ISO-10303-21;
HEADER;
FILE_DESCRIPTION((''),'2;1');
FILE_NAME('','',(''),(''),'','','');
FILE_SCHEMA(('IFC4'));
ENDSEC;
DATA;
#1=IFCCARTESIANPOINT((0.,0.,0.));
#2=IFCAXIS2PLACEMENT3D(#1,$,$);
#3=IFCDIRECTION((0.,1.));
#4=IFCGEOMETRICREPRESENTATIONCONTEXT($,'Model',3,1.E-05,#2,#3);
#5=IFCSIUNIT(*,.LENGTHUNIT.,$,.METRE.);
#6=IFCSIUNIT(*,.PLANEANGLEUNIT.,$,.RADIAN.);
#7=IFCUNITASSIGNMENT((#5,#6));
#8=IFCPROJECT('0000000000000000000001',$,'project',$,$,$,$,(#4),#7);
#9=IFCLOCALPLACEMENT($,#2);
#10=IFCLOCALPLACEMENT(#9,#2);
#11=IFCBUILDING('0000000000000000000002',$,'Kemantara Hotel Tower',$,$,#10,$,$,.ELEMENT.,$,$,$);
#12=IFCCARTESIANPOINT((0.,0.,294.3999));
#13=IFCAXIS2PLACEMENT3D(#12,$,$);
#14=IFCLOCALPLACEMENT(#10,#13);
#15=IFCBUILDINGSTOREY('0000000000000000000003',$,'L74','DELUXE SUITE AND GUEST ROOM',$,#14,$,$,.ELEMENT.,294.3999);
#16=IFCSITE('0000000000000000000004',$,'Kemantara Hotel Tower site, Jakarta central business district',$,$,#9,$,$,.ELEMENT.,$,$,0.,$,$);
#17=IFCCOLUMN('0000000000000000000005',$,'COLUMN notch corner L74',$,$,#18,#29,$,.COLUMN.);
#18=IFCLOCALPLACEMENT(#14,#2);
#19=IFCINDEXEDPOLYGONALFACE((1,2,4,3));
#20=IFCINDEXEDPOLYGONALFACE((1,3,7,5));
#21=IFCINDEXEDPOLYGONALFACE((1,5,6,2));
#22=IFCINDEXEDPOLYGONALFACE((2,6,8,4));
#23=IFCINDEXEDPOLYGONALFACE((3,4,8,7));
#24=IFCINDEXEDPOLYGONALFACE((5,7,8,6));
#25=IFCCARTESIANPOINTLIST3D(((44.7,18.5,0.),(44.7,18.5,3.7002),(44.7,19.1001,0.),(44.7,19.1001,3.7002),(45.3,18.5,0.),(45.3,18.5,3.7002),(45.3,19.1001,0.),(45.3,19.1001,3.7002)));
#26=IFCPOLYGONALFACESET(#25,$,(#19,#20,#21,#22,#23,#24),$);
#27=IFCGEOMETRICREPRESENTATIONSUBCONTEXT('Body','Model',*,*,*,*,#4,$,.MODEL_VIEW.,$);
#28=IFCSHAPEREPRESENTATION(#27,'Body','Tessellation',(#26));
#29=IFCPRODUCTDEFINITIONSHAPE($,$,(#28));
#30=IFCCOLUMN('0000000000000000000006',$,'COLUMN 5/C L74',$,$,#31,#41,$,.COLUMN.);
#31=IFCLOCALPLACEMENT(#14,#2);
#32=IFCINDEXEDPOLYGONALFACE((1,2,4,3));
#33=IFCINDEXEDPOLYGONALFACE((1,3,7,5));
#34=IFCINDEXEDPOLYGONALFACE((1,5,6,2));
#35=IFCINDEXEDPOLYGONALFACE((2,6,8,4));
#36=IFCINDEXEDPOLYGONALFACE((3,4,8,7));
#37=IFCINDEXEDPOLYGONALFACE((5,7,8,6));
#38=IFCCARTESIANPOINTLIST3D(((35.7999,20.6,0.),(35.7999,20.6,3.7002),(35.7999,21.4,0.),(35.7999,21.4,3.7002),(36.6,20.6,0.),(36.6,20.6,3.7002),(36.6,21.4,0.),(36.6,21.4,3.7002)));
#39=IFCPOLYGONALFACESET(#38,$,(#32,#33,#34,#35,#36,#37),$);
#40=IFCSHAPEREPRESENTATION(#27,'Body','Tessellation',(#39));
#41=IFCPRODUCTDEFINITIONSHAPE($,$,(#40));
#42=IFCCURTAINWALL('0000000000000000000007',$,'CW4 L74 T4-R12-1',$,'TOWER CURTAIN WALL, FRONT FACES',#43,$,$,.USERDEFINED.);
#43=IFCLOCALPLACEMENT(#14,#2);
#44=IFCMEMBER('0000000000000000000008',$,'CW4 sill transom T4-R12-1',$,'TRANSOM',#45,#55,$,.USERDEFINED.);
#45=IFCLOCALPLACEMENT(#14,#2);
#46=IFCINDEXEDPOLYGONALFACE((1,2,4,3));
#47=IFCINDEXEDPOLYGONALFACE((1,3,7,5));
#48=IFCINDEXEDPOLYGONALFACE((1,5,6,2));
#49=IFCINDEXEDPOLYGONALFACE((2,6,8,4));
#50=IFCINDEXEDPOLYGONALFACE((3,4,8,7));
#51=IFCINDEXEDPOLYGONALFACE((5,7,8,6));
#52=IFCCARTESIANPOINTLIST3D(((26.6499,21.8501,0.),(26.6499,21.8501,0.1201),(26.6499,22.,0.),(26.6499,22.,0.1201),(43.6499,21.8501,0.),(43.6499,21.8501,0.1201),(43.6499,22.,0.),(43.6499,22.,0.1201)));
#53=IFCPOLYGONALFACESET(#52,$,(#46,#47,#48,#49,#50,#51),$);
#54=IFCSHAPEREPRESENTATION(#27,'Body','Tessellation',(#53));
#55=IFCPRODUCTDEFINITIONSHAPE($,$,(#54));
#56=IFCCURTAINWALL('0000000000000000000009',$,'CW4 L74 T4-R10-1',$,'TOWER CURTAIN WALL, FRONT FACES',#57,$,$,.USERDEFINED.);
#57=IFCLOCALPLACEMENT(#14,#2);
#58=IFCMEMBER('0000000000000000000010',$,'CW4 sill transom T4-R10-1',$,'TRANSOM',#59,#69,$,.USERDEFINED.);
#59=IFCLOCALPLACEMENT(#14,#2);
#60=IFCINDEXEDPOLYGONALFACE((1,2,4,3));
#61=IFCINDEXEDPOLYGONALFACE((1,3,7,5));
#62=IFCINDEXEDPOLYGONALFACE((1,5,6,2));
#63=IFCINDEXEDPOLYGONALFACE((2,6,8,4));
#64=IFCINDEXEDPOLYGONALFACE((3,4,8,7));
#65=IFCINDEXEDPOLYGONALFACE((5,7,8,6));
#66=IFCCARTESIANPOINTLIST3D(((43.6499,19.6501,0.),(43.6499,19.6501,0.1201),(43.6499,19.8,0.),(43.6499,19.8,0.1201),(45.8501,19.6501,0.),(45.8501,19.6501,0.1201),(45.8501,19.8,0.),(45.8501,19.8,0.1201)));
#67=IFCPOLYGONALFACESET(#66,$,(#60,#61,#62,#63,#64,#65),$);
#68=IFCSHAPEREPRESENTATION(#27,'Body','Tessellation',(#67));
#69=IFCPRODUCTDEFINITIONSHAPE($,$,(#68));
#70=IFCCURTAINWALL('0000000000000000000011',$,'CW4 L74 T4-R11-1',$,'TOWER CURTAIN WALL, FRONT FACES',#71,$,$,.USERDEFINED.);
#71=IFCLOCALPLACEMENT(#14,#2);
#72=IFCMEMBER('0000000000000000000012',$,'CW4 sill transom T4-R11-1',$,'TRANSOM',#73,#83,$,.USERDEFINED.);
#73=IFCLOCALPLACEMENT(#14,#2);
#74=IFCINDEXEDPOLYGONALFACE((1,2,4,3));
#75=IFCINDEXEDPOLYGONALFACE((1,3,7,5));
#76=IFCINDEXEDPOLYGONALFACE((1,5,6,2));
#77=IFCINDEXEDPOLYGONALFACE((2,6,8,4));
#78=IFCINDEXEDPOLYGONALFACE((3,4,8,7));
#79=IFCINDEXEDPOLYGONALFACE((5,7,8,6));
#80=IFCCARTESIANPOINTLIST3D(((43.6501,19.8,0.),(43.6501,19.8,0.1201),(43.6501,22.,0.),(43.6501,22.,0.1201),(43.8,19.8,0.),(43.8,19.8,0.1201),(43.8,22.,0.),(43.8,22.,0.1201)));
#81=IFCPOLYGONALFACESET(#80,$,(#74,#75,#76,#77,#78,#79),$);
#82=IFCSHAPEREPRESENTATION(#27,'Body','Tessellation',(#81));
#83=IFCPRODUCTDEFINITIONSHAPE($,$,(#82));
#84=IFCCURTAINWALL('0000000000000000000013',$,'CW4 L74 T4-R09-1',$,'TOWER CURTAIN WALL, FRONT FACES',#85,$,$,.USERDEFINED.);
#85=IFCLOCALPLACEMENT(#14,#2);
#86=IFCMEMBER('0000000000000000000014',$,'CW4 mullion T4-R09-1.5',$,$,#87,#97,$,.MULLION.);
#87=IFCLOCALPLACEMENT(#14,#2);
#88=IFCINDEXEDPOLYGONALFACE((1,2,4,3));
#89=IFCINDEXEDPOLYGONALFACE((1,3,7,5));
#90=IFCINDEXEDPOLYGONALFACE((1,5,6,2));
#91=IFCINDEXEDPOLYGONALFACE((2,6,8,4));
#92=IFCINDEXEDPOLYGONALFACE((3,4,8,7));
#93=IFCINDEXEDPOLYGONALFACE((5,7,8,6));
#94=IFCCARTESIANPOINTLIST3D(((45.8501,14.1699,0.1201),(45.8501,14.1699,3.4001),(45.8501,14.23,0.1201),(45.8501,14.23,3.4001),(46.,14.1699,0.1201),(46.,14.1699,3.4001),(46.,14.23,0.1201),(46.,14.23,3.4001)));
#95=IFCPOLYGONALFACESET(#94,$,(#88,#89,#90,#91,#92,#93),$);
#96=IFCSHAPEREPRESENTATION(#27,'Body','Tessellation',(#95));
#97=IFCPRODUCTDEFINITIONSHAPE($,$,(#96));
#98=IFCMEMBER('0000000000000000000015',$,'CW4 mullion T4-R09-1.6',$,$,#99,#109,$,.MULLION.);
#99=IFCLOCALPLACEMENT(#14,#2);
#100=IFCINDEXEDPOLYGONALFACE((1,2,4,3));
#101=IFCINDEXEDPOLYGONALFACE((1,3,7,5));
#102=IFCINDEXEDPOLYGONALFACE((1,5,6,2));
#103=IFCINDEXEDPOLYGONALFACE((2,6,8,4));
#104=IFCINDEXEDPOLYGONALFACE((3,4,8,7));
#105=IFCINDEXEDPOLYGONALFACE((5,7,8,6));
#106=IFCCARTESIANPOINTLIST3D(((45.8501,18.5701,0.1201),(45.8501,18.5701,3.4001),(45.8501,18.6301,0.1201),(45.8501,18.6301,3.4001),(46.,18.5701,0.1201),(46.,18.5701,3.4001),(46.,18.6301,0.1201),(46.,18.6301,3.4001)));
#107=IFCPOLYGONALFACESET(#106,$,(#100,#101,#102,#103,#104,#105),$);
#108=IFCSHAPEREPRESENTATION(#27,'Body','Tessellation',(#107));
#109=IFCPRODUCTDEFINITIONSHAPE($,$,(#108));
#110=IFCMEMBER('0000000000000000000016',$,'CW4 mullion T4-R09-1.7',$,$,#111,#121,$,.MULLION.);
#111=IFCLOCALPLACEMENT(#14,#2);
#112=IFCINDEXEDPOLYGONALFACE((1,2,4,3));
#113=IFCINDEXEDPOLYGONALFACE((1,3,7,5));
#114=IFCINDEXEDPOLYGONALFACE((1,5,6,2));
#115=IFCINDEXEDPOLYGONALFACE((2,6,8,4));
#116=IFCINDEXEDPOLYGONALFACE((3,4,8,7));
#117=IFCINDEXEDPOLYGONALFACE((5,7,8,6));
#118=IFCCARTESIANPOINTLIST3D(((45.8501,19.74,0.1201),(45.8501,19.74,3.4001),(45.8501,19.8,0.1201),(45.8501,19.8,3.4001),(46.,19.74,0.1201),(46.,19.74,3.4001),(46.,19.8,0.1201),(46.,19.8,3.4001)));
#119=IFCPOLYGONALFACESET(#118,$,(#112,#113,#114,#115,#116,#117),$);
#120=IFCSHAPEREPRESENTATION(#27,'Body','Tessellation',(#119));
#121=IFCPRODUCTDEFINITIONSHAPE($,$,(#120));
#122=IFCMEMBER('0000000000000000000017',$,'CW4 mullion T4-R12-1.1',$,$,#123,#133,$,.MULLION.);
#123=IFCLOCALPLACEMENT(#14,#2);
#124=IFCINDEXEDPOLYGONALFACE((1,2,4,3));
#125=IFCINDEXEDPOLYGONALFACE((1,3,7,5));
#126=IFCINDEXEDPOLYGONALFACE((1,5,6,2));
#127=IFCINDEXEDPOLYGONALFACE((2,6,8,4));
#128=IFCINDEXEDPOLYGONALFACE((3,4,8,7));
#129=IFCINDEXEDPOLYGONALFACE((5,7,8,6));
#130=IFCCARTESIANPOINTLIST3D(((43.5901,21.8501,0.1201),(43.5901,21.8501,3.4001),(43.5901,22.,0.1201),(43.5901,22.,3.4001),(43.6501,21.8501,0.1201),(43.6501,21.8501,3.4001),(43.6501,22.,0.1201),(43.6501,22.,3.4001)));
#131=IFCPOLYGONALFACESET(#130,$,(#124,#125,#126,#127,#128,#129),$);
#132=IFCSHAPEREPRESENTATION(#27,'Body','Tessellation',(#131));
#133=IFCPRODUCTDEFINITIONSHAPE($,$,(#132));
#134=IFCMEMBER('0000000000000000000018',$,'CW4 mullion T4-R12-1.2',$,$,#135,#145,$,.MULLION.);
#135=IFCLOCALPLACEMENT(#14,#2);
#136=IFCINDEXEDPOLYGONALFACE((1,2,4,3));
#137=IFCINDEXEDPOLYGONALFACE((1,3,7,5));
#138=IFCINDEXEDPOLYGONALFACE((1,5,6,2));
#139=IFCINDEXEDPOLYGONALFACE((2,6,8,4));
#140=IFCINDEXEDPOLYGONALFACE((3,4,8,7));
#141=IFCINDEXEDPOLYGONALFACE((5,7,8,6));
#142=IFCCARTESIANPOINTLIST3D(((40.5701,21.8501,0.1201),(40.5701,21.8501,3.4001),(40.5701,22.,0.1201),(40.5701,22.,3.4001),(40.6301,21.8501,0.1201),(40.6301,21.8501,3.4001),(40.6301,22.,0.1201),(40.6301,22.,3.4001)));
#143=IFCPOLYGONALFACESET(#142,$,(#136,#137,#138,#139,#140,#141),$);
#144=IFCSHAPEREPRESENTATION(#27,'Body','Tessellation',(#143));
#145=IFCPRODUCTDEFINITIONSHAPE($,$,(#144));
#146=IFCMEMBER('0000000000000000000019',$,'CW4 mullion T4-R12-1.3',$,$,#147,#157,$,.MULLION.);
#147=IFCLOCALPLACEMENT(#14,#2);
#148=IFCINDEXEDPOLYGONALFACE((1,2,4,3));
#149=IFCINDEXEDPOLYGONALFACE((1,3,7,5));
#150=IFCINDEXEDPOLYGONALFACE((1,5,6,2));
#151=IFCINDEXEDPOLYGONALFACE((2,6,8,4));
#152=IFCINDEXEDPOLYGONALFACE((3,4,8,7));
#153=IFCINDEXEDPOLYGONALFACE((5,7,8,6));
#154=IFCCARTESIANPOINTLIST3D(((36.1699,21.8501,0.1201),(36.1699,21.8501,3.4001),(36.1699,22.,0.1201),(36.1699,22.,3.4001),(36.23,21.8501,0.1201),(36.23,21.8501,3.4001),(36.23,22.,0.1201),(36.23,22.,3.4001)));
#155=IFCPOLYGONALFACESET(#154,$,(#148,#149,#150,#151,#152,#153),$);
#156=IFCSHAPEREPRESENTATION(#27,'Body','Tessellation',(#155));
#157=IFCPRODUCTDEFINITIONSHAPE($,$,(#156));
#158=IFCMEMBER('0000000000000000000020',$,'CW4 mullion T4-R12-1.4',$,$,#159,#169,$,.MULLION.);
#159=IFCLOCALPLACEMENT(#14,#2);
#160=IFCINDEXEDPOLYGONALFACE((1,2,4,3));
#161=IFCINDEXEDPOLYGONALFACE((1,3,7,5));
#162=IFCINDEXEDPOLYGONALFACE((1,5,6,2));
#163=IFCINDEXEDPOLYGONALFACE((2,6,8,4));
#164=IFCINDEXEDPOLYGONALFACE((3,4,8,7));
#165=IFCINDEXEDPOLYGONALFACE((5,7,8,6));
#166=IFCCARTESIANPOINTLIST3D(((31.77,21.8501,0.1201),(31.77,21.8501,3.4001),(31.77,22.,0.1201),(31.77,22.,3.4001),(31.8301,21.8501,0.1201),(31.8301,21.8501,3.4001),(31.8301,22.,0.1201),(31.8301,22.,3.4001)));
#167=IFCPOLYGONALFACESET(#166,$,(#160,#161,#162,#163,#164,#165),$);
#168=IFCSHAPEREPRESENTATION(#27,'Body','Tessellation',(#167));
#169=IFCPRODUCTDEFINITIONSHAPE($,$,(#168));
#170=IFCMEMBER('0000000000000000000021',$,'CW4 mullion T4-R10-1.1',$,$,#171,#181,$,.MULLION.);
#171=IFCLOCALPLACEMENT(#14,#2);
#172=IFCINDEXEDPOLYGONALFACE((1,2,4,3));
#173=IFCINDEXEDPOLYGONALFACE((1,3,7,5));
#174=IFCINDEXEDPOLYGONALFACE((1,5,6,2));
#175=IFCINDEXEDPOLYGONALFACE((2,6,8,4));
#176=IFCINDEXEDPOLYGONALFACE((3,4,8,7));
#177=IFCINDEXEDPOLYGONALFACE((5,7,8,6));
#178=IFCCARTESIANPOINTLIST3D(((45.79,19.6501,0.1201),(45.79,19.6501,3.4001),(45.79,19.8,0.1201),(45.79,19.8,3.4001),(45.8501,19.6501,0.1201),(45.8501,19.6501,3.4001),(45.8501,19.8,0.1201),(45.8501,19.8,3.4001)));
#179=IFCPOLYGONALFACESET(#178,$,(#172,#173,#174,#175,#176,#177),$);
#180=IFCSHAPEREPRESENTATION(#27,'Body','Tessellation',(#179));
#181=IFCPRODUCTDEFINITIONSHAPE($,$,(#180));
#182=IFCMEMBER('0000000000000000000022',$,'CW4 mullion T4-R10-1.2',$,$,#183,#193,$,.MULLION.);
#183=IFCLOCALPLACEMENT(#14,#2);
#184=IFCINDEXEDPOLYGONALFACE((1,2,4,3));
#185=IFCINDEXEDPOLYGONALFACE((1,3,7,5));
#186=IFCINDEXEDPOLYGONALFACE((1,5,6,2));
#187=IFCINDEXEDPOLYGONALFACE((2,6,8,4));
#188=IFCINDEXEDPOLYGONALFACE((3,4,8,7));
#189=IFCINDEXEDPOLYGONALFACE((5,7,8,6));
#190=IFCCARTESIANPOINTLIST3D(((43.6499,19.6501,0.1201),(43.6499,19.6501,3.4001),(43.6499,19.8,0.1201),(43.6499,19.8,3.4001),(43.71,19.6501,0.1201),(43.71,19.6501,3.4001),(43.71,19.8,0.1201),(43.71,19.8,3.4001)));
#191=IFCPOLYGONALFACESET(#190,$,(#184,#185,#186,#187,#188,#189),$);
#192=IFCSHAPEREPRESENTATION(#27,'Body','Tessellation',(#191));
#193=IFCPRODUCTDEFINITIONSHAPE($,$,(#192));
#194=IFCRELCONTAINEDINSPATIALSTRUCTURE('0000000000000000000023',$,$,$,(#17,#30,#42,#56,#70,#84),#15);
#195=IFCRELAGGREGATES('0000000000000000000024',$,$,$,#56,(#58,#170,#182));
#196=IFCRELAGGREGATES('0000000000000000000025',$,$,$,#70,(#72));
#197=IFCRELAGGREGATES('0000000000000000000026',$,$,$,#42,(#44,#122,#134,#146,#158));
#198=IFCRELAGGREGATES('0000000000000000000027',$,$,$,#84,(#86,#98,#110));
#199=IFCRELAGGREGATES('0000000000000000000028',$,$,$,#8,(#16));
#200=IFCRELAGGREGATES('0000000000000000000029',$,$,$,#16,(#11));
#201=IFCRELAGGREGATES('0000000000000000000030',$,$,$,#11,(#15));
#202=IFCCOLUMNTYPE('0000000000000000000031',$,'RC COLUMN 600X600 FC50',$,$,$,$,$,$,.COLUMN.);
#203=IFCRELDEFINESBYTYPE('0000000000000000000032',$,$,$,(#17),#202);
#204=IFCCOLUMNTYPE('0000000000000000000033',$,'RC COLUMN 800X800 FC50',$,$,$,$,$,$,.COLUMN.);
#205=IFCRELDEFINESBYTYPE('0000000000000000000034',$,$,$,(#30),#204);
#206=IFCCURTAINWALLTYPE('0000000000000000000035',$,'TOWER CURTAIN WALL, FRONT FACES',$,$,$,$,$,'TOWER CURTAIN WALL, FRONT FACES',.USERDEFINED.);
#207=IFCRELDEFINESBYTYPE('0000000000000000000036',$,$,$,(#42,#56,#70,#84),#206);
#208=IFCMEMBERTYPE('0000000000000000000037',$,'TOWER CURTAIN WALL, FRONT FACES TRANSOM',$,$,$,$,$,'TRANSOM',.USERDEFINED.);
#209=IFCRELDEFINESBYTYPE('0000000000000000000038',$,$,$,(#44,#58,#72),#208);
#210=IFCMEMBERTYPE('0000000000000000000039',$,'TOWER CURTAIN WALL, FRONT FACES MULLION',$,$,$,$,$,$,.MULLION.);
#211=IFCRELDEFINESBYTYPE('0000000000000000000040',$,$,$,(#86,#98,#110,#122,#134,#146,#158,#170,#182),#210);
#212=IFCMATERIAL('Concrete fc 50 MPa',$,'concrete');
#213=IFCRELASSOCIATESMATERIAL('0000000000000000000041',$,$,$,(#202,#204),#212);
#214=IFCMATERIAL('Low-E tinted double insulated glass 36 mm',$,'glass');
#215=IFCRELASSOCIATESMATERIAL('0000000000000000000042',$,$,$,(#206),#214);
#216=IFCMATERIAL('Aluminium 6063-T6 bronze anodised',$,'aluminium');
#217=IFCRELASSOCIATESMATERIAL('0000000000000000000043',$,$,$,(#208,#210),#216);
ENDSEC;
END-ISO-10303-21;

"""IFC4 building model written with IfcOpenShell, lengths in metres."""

from ifc_helpers import new_model, si_unit, direction, frame, origin, origin_2d, place, context, subcontext, project, spatial, rectangle, extrude, source, transform, mapped, material, material_profile, profile_set, type_object, element, aggregate, save


model = new_model("IFC4")

# Units and contexts
model_context = context("Model", 3, precision=1e-05, world=origin(), true_north=direction((0.0, 1.0)))
body_context = subcontext(model_context, "Body", "Model", "MODEL_VIEW")
ifc_project = project(units=[si_unit("LENGTHUNIT", "METRE"), si_unit("PLANEANGLEUNIT", "RADIAN")], contexts=[model_context])

# Site, building, storey
site_placement = place(None, origin())
site = spatial("IfcSite", under=ifc_project, at=site_placement, Name="Kemantara Hotel Tower site, Jakarta central business district", CompositionType="ELEMENT", RefElevation=0.0)
building_placement = place(site_placement, origin())
building = spatial("IfcBuilding", under=site, at=building_placement, Name="Kemantara Hotel Tower", CompositionType="ELEMENT")
storey_placement = place(building_placement, frame((0.0, 0.0, 294.3999)))
storey = spatial("IfcBuildingStorey", under=building, at=storey_placement, Name="L74", Description="DELUXE SUITE AND GUEST ROOM", CompositionType="ELEMENT", Elevation=294.3999)

# Columns
ifc_material_1 = material(Name="Concrete fc 50 MPa", Category="concrete")
ifc_material_profile_1 = material_profile(ifc_material_1, rectangle(XDim=0.6001, YDim=0.6001, at=origin_2d()), Name="RC 600X600")
ifc_profile_set_1 = profile_set([ifc_material_profile_1], Name="Concrete fc 50 MPa")
column_type_1 = type_object("IfcColumnType", Name="RC COLUMN 600X600 FC50", PredefinedType="COLUMN", material=ifc_profile_set_1)
column_1_placement = place(storey_placement, frame((45.0, 18.8, 0.0), z_axis=(0.0, 0.0, 1.0), x_axis=(1.0, 0.0, 0.0)))
element("IfcColumn", 1, at=column_1_placement, inside=storey, type_object=column_type_1, Name="COLUMN notch corner L74", PredefinedType="COLUMN", context=body_context, shape_type="SweptSolid", body=[
    extrude(rectangle(XDim=0.6001, YDim=0.6001, at=origin_2d()), origin(), (0.0, 0.0, 1.0), 3.7002),
])
ifc_material_profile_2 = material_profile(ifc_material_1, rectangle(XDim=0.8, YDim=0.8, at=origin_2d()), Name="RC 800X800")
ifc_profile_set_2 = profile_set([ifc_material_profile_2], Name="Concrete fc 50 MPa")
column_type_2 = type_object("IfcColumnType", Name="RC COLUMN 800X800 FC50", PredefinedType="COLUMN", material=ifc_profile_set_2)
column_2_placement = place(storey_placement, frame((36.2, 21.0, 0.0), z_axis=(0.0, 0.0, 1.0), x_axis=(1.0, 0.0, 0.0)))
element("IfcColumn", 2, at=column_2_placement, inside=storey, type_object=column_type_2, Name="COLUMN 5/C L74", PredefinedType="COLUMN", context=body_context, shape_type="SweptSolid", body=[
    extrude(rectangle(XDim=0.8, YDim=0.8, at=origin_2d()), origin(), (0.0, 0.0, 1.0), 3.7002),
])

# Curtain walls, members
ifc_material_2 = material(Name="Low-E tinted double insulated glass 36 mm", Category="glass")
curtain_wall_type = type_object("IfcCurtainWallType", Name="TOWER CURTAIN WALL, FRONT FACES", ElementType="TOWER CURTAIN WALL, FRONT FACES", PredefinedType="USERDEFINED", material=ifc_material_2)
curtain_wall_1_placement = place(storey_placement, origin())
curtain_wall_1 = element("IfcCurtainWall", 3, at=curtain_wall_1_placement, inside=storey, type_object=curtain_wall_type, Name="CW4 L74 T4-R12-1", ObjectType="TOWER CURTAIN WALL, FRONT FACES", PredefinedType="USERDEFINED")
ifc_material_3 = material(Name="Aluminium 6063-T6 bronze anodised", Category="aluminium")
ifc_material_profile_3 = material_profile(ifc_material_3, rectangle(XDim=0.1499, YDim=0.1201, at=origin_2d()), Name="TOWER CURTAIN WALL, FRONT FACES TRANSOM")
ifc_profile_set_3 = profile_set([ifc_material_profile_3], Name="Aluminium 6063-T6 bronze anodised")
member_type_1 = type_object("IfcMemberType", Name="TOWER CURTAIN WALL, FRONT FACES TRANSOM", ElementType="TRANSOM", PredefinedType="USERDEFINED", material=ifc_profile_set_3)
member_1_placement = place(storey_placement, frame((43.6499, 21.925, 0.0601), z_axis=(-1.0, 0.0, 0.0), x_axis=(0.0, -1.0, 0.0)))
member_1 = element("IfcMember", 4, at=member_1_placement, type_object=member_type_1, Name="CW4 sill transom T4-R12-1", ObjectType="TRANSOM", PredefinedType="USERDEFINED", context=body_context, shape_type="SweptSolid", body=[
    extrude(rectangle(XDim=0.1499, YDim=0.1201, at=origin_2d()), origin(), (0.0, 0.0, 1.0), 17.0),
])
curtain_wall_2_placement = place(storey_placement, origin())
curtain_wall_2 = element("IfcCurtainWall", 5, at=curtain_wall_2_placement, inside=storey, type_object=curtain_wall_type, Name="CW4 L74 T4-R10-1", ObjectType="TOWER CURTAIN WALL, FRONT FACES", PredefinedType="USERDEFINED")
member_2_placement = place(storey_placement, frame((45.8501, 19.7251, 0.0601), z_axis=(-1.0, 0.0, 0.0), x_axis=(0.0, -1.0, 0.0)))
member_2 = element("IfcMember", 6, at=member_2_placement, type_object=member_type_1, Name="CW4 sill transom T4-R10-1", ObjectType="TRANSOM", PredefinedType="USERDEFINED", context=body_context, shape_type="SweptSolid", body=[
    extrude(rectangle(XDim=0.1499, YDim=0.1201, at=origin_2d()), origin(), (0.0, 0.0, 1.0), 2.2002),
])
curtain_wall_3_placement = place(storey_placement, origin())
curtain_wall_3 = element("IfcCurtainWall", 7, at=curtain_wall_3_placement, inside=storey, type_object=curtain_wall_type, Name="CW4 L74 T4-R11-1", ObjectType="TOWER CURTAIN WALL, FRONT FACES", PredefinedType="USERDEFINED")
member_3_placement = place(storey_placement, frame((43.7251, 19.8, 0.0601), z_axis=(0.0, 1.0, 0.0), x_axis=(-1.0, 0.0, 0.0)))
member_3 = element("IfcMember", 8, at=member_3_placement, type_object=member_type_1, Name="CW4 sill transom T4-R11-1", ObjectType="TRANSOM", PredefinedType="USERDEFINED", context=body_context, shape_type="SweptSolid", body=[
    extrude(rectangle(XDim=0.1499, YDim=0.1201, at=origin_2d()), origin(), (0.0, 0.0, 1.0), 2.2),
])

# Curtain wall, members
curtain_wall_4_placement = place(storey_placement, origin())
curtain_wall_4 = element("IfcCurtainWall", 9, at=curtain_wall_4_placement, inside=storey, type_object=curtain_wall_type, Name="CW4 L74 T4-R09-1", ObjectType="TOWER CURTAIN WALL, FRONT FACES", PredefinedType="USERDEFINED")
ifc_material_profile_4 = material_profile(ifc_material_3, rectangle(XDim=0.1499, YDim=0.0601, at=origin_2d()), Name="TOWER CURTAIN WALL, FRONT FACES MULLION")
ifc_profile_set_4 = profile_set([ifc_material_profile_4], Name="Aluminium 6063-T6 bronze anodised")
member_type_2 = type_object("IfcMemberType", Name="TOWER CURTAIN WALL, FRONT FACES MULLION", PredefinedType="MULLION", material=ifc_profile_set_4)
shared_shape_1 = source(origin(), body_context, "Body", "SweptSolid", [
    extrude(rectangle(XDim=0.1499, YDim=0.0601, at=origin_2d()), origin(), (0.0, 0.0, 1.0), 3.28),
])
member_4_placement = place(storey_placement, frame((45.925, 14.2, 0.1201), z_axis=(0.0, 0.0, 1.0), x_axis=(-1.0, 0.0, 0.0)))
member_4 = element("IfcMember", 10, at=member_4_placement, type_object=member_type_2, Name="CW4 mullion T4-R09-1.5", PredefinedType="MULLION", context=body_context, shape_type="MappedRepresentation", body=[
    mapped(shared_shape_1, transform((0.0, 0.0, 0.0))),
])
member_5_placement = place(storey_placement, frame((45.925, 18.6001, 0.1201), z_axis=(0.0, 0.0, 1.0), x_axis=(-1.0, 0.0, 0.0)))
member_5 = element("IfcMember", 11, at=member_5_placement, type_object=member_type_2, Name="CW4 mullion T4-R09-1.6", PredefinedType="MULLION", context=body_context, shape_type="MappedRepresentation", body=[
    mapped(shared_shape_1, transform((0.0, 0.0, 0.0))),
])
member_6_placement = place(storey_placement, frame((45.925, 19.77, 0.1201), z_axis=(0.0, 0.0, 1.0), x_axis=(-1.0, 0.0, 0.0)))
member_6 = element("IfcMember", 12, at=member_6_placement, type_object=member_type_2, Name="CW4 mullion T4-R09-1.7", PredefinedType="MULLION", context=body_context, shape_type="MappedRepresentation", body=[
    mapped(shared_shape_1, transform((0.0, 0.0, 0.0))),
])

# Members
member_7_placement = place(storey_placement, frame((43.6201, 21.925, 0.1201), z_axis=(0.0, 0.0, 1.0), x_axis=(0.0, -1.0, 0.0)))
member_7 = element("IfcMember", 13, at=member_7_placement, type_object=member_type_2, Name="CW4 mullion T4-R12-1.1", PredefinedType="MULLION", context=body_context, shape_type="MappedRepresentation", body=[
    mapped(shared_shape_1, transform((0.0, 0.0, 0.0))),
])
member_8_placement = place(storey_placement, frame((40.6001, 21.925, 0.1201), z_axis=(0.0, 0.0, 1.0), x_axis=(0.0, -1.0, 0.0)))
member_8 = element("IfcMember", 14, at=member_8_placement, type_object=member_type_2, Name="CW4 mullion T4-R12-1.2", PredefinedType="MULLION", context=body_context, shape_type="MappedRepresentation", body=[
    mapped(shared_shape_1, transform((0.0, 0.0, 0.0))),
])
member_9_placement = place(storey_placement, frame((36.2, 21.925, 0.1201), z_axis=(0.0, 0.0, 1.0), x_axis=(0.0, -1.0, 0.0)))
member_9 = element("IfcMember", 15, at=member_9_placement, type_object=member_type_2, Name="CW4 mullion T4-R12-1.3", PredefinedType="MULLION", context=body_context, shape_type="MappedRepresentation", body=[
    mapped(shared_shape_1, transform((0.0, 0.0, 0.0))),
])
member_10_placement = place(storey_placement, frame((31.8, 21.925, 0.1201), z_axis=(0.0, 0.0, 1.0), x_axis=(0.0, -1.0, 0.0)))
member_10 = element("IfcMember", 16, at=member_10_placement, type_object=member_type_2, Name="CW4 mullion T4-R12-1.4", PredefinedType="MULLION", context=body_context, shape_type="MappedRepresentation", body=[
    mapped(shared_shape_1, transform((0.0, 0.0, 0.0))),
])
member_11_placement = place(storey_placement, frame((45.8201, 19.7251, 0.1201), z_axis=(0.0, 0.0, 1.0), x_axis=(0.0, -1.0, 0.0)))
member_11 = element("IfcMember", 17, at=member_11_placement, type_object=member_type_2, Name="CW4 mullion T4-R10-1.1", PredefinedType="MULLION", context=body_context, shape_type="MappedRepresentation", body=[
    mapped(shared_shape_1, transform((0.0, 0.0, 0.0))),
])
member_12_placement = place(storey_placement, frame((43.6799, 19.7251, 0.1201), z_axis=(0.0, 0.0, 1.0), x_axis=(0.0, -1.0, 0.0)))
member_12 = element("IfcMember", 18, at=member_12_placement, type_object=member_type_2, Name="CW4 mullion T4-R10-1.2", PredefinedType="MULLION", context=body_context, shape_type="MappedRepresentation", body=[
    mapped(shared_shape_1, transform((0.0, 0.0, 0.0))),
])

aggregate(curtain_wall_2, [member_2, member_11, member_12])
aggregate(curtain_wall_3, [member_3])
aggregate(curtain_wall_1, [member_1, member_7, member_8, member_9, member_10])
aggregate(curtain_wall_4, [member_4, member_5, member_6])

save(model, "model.ifc")
